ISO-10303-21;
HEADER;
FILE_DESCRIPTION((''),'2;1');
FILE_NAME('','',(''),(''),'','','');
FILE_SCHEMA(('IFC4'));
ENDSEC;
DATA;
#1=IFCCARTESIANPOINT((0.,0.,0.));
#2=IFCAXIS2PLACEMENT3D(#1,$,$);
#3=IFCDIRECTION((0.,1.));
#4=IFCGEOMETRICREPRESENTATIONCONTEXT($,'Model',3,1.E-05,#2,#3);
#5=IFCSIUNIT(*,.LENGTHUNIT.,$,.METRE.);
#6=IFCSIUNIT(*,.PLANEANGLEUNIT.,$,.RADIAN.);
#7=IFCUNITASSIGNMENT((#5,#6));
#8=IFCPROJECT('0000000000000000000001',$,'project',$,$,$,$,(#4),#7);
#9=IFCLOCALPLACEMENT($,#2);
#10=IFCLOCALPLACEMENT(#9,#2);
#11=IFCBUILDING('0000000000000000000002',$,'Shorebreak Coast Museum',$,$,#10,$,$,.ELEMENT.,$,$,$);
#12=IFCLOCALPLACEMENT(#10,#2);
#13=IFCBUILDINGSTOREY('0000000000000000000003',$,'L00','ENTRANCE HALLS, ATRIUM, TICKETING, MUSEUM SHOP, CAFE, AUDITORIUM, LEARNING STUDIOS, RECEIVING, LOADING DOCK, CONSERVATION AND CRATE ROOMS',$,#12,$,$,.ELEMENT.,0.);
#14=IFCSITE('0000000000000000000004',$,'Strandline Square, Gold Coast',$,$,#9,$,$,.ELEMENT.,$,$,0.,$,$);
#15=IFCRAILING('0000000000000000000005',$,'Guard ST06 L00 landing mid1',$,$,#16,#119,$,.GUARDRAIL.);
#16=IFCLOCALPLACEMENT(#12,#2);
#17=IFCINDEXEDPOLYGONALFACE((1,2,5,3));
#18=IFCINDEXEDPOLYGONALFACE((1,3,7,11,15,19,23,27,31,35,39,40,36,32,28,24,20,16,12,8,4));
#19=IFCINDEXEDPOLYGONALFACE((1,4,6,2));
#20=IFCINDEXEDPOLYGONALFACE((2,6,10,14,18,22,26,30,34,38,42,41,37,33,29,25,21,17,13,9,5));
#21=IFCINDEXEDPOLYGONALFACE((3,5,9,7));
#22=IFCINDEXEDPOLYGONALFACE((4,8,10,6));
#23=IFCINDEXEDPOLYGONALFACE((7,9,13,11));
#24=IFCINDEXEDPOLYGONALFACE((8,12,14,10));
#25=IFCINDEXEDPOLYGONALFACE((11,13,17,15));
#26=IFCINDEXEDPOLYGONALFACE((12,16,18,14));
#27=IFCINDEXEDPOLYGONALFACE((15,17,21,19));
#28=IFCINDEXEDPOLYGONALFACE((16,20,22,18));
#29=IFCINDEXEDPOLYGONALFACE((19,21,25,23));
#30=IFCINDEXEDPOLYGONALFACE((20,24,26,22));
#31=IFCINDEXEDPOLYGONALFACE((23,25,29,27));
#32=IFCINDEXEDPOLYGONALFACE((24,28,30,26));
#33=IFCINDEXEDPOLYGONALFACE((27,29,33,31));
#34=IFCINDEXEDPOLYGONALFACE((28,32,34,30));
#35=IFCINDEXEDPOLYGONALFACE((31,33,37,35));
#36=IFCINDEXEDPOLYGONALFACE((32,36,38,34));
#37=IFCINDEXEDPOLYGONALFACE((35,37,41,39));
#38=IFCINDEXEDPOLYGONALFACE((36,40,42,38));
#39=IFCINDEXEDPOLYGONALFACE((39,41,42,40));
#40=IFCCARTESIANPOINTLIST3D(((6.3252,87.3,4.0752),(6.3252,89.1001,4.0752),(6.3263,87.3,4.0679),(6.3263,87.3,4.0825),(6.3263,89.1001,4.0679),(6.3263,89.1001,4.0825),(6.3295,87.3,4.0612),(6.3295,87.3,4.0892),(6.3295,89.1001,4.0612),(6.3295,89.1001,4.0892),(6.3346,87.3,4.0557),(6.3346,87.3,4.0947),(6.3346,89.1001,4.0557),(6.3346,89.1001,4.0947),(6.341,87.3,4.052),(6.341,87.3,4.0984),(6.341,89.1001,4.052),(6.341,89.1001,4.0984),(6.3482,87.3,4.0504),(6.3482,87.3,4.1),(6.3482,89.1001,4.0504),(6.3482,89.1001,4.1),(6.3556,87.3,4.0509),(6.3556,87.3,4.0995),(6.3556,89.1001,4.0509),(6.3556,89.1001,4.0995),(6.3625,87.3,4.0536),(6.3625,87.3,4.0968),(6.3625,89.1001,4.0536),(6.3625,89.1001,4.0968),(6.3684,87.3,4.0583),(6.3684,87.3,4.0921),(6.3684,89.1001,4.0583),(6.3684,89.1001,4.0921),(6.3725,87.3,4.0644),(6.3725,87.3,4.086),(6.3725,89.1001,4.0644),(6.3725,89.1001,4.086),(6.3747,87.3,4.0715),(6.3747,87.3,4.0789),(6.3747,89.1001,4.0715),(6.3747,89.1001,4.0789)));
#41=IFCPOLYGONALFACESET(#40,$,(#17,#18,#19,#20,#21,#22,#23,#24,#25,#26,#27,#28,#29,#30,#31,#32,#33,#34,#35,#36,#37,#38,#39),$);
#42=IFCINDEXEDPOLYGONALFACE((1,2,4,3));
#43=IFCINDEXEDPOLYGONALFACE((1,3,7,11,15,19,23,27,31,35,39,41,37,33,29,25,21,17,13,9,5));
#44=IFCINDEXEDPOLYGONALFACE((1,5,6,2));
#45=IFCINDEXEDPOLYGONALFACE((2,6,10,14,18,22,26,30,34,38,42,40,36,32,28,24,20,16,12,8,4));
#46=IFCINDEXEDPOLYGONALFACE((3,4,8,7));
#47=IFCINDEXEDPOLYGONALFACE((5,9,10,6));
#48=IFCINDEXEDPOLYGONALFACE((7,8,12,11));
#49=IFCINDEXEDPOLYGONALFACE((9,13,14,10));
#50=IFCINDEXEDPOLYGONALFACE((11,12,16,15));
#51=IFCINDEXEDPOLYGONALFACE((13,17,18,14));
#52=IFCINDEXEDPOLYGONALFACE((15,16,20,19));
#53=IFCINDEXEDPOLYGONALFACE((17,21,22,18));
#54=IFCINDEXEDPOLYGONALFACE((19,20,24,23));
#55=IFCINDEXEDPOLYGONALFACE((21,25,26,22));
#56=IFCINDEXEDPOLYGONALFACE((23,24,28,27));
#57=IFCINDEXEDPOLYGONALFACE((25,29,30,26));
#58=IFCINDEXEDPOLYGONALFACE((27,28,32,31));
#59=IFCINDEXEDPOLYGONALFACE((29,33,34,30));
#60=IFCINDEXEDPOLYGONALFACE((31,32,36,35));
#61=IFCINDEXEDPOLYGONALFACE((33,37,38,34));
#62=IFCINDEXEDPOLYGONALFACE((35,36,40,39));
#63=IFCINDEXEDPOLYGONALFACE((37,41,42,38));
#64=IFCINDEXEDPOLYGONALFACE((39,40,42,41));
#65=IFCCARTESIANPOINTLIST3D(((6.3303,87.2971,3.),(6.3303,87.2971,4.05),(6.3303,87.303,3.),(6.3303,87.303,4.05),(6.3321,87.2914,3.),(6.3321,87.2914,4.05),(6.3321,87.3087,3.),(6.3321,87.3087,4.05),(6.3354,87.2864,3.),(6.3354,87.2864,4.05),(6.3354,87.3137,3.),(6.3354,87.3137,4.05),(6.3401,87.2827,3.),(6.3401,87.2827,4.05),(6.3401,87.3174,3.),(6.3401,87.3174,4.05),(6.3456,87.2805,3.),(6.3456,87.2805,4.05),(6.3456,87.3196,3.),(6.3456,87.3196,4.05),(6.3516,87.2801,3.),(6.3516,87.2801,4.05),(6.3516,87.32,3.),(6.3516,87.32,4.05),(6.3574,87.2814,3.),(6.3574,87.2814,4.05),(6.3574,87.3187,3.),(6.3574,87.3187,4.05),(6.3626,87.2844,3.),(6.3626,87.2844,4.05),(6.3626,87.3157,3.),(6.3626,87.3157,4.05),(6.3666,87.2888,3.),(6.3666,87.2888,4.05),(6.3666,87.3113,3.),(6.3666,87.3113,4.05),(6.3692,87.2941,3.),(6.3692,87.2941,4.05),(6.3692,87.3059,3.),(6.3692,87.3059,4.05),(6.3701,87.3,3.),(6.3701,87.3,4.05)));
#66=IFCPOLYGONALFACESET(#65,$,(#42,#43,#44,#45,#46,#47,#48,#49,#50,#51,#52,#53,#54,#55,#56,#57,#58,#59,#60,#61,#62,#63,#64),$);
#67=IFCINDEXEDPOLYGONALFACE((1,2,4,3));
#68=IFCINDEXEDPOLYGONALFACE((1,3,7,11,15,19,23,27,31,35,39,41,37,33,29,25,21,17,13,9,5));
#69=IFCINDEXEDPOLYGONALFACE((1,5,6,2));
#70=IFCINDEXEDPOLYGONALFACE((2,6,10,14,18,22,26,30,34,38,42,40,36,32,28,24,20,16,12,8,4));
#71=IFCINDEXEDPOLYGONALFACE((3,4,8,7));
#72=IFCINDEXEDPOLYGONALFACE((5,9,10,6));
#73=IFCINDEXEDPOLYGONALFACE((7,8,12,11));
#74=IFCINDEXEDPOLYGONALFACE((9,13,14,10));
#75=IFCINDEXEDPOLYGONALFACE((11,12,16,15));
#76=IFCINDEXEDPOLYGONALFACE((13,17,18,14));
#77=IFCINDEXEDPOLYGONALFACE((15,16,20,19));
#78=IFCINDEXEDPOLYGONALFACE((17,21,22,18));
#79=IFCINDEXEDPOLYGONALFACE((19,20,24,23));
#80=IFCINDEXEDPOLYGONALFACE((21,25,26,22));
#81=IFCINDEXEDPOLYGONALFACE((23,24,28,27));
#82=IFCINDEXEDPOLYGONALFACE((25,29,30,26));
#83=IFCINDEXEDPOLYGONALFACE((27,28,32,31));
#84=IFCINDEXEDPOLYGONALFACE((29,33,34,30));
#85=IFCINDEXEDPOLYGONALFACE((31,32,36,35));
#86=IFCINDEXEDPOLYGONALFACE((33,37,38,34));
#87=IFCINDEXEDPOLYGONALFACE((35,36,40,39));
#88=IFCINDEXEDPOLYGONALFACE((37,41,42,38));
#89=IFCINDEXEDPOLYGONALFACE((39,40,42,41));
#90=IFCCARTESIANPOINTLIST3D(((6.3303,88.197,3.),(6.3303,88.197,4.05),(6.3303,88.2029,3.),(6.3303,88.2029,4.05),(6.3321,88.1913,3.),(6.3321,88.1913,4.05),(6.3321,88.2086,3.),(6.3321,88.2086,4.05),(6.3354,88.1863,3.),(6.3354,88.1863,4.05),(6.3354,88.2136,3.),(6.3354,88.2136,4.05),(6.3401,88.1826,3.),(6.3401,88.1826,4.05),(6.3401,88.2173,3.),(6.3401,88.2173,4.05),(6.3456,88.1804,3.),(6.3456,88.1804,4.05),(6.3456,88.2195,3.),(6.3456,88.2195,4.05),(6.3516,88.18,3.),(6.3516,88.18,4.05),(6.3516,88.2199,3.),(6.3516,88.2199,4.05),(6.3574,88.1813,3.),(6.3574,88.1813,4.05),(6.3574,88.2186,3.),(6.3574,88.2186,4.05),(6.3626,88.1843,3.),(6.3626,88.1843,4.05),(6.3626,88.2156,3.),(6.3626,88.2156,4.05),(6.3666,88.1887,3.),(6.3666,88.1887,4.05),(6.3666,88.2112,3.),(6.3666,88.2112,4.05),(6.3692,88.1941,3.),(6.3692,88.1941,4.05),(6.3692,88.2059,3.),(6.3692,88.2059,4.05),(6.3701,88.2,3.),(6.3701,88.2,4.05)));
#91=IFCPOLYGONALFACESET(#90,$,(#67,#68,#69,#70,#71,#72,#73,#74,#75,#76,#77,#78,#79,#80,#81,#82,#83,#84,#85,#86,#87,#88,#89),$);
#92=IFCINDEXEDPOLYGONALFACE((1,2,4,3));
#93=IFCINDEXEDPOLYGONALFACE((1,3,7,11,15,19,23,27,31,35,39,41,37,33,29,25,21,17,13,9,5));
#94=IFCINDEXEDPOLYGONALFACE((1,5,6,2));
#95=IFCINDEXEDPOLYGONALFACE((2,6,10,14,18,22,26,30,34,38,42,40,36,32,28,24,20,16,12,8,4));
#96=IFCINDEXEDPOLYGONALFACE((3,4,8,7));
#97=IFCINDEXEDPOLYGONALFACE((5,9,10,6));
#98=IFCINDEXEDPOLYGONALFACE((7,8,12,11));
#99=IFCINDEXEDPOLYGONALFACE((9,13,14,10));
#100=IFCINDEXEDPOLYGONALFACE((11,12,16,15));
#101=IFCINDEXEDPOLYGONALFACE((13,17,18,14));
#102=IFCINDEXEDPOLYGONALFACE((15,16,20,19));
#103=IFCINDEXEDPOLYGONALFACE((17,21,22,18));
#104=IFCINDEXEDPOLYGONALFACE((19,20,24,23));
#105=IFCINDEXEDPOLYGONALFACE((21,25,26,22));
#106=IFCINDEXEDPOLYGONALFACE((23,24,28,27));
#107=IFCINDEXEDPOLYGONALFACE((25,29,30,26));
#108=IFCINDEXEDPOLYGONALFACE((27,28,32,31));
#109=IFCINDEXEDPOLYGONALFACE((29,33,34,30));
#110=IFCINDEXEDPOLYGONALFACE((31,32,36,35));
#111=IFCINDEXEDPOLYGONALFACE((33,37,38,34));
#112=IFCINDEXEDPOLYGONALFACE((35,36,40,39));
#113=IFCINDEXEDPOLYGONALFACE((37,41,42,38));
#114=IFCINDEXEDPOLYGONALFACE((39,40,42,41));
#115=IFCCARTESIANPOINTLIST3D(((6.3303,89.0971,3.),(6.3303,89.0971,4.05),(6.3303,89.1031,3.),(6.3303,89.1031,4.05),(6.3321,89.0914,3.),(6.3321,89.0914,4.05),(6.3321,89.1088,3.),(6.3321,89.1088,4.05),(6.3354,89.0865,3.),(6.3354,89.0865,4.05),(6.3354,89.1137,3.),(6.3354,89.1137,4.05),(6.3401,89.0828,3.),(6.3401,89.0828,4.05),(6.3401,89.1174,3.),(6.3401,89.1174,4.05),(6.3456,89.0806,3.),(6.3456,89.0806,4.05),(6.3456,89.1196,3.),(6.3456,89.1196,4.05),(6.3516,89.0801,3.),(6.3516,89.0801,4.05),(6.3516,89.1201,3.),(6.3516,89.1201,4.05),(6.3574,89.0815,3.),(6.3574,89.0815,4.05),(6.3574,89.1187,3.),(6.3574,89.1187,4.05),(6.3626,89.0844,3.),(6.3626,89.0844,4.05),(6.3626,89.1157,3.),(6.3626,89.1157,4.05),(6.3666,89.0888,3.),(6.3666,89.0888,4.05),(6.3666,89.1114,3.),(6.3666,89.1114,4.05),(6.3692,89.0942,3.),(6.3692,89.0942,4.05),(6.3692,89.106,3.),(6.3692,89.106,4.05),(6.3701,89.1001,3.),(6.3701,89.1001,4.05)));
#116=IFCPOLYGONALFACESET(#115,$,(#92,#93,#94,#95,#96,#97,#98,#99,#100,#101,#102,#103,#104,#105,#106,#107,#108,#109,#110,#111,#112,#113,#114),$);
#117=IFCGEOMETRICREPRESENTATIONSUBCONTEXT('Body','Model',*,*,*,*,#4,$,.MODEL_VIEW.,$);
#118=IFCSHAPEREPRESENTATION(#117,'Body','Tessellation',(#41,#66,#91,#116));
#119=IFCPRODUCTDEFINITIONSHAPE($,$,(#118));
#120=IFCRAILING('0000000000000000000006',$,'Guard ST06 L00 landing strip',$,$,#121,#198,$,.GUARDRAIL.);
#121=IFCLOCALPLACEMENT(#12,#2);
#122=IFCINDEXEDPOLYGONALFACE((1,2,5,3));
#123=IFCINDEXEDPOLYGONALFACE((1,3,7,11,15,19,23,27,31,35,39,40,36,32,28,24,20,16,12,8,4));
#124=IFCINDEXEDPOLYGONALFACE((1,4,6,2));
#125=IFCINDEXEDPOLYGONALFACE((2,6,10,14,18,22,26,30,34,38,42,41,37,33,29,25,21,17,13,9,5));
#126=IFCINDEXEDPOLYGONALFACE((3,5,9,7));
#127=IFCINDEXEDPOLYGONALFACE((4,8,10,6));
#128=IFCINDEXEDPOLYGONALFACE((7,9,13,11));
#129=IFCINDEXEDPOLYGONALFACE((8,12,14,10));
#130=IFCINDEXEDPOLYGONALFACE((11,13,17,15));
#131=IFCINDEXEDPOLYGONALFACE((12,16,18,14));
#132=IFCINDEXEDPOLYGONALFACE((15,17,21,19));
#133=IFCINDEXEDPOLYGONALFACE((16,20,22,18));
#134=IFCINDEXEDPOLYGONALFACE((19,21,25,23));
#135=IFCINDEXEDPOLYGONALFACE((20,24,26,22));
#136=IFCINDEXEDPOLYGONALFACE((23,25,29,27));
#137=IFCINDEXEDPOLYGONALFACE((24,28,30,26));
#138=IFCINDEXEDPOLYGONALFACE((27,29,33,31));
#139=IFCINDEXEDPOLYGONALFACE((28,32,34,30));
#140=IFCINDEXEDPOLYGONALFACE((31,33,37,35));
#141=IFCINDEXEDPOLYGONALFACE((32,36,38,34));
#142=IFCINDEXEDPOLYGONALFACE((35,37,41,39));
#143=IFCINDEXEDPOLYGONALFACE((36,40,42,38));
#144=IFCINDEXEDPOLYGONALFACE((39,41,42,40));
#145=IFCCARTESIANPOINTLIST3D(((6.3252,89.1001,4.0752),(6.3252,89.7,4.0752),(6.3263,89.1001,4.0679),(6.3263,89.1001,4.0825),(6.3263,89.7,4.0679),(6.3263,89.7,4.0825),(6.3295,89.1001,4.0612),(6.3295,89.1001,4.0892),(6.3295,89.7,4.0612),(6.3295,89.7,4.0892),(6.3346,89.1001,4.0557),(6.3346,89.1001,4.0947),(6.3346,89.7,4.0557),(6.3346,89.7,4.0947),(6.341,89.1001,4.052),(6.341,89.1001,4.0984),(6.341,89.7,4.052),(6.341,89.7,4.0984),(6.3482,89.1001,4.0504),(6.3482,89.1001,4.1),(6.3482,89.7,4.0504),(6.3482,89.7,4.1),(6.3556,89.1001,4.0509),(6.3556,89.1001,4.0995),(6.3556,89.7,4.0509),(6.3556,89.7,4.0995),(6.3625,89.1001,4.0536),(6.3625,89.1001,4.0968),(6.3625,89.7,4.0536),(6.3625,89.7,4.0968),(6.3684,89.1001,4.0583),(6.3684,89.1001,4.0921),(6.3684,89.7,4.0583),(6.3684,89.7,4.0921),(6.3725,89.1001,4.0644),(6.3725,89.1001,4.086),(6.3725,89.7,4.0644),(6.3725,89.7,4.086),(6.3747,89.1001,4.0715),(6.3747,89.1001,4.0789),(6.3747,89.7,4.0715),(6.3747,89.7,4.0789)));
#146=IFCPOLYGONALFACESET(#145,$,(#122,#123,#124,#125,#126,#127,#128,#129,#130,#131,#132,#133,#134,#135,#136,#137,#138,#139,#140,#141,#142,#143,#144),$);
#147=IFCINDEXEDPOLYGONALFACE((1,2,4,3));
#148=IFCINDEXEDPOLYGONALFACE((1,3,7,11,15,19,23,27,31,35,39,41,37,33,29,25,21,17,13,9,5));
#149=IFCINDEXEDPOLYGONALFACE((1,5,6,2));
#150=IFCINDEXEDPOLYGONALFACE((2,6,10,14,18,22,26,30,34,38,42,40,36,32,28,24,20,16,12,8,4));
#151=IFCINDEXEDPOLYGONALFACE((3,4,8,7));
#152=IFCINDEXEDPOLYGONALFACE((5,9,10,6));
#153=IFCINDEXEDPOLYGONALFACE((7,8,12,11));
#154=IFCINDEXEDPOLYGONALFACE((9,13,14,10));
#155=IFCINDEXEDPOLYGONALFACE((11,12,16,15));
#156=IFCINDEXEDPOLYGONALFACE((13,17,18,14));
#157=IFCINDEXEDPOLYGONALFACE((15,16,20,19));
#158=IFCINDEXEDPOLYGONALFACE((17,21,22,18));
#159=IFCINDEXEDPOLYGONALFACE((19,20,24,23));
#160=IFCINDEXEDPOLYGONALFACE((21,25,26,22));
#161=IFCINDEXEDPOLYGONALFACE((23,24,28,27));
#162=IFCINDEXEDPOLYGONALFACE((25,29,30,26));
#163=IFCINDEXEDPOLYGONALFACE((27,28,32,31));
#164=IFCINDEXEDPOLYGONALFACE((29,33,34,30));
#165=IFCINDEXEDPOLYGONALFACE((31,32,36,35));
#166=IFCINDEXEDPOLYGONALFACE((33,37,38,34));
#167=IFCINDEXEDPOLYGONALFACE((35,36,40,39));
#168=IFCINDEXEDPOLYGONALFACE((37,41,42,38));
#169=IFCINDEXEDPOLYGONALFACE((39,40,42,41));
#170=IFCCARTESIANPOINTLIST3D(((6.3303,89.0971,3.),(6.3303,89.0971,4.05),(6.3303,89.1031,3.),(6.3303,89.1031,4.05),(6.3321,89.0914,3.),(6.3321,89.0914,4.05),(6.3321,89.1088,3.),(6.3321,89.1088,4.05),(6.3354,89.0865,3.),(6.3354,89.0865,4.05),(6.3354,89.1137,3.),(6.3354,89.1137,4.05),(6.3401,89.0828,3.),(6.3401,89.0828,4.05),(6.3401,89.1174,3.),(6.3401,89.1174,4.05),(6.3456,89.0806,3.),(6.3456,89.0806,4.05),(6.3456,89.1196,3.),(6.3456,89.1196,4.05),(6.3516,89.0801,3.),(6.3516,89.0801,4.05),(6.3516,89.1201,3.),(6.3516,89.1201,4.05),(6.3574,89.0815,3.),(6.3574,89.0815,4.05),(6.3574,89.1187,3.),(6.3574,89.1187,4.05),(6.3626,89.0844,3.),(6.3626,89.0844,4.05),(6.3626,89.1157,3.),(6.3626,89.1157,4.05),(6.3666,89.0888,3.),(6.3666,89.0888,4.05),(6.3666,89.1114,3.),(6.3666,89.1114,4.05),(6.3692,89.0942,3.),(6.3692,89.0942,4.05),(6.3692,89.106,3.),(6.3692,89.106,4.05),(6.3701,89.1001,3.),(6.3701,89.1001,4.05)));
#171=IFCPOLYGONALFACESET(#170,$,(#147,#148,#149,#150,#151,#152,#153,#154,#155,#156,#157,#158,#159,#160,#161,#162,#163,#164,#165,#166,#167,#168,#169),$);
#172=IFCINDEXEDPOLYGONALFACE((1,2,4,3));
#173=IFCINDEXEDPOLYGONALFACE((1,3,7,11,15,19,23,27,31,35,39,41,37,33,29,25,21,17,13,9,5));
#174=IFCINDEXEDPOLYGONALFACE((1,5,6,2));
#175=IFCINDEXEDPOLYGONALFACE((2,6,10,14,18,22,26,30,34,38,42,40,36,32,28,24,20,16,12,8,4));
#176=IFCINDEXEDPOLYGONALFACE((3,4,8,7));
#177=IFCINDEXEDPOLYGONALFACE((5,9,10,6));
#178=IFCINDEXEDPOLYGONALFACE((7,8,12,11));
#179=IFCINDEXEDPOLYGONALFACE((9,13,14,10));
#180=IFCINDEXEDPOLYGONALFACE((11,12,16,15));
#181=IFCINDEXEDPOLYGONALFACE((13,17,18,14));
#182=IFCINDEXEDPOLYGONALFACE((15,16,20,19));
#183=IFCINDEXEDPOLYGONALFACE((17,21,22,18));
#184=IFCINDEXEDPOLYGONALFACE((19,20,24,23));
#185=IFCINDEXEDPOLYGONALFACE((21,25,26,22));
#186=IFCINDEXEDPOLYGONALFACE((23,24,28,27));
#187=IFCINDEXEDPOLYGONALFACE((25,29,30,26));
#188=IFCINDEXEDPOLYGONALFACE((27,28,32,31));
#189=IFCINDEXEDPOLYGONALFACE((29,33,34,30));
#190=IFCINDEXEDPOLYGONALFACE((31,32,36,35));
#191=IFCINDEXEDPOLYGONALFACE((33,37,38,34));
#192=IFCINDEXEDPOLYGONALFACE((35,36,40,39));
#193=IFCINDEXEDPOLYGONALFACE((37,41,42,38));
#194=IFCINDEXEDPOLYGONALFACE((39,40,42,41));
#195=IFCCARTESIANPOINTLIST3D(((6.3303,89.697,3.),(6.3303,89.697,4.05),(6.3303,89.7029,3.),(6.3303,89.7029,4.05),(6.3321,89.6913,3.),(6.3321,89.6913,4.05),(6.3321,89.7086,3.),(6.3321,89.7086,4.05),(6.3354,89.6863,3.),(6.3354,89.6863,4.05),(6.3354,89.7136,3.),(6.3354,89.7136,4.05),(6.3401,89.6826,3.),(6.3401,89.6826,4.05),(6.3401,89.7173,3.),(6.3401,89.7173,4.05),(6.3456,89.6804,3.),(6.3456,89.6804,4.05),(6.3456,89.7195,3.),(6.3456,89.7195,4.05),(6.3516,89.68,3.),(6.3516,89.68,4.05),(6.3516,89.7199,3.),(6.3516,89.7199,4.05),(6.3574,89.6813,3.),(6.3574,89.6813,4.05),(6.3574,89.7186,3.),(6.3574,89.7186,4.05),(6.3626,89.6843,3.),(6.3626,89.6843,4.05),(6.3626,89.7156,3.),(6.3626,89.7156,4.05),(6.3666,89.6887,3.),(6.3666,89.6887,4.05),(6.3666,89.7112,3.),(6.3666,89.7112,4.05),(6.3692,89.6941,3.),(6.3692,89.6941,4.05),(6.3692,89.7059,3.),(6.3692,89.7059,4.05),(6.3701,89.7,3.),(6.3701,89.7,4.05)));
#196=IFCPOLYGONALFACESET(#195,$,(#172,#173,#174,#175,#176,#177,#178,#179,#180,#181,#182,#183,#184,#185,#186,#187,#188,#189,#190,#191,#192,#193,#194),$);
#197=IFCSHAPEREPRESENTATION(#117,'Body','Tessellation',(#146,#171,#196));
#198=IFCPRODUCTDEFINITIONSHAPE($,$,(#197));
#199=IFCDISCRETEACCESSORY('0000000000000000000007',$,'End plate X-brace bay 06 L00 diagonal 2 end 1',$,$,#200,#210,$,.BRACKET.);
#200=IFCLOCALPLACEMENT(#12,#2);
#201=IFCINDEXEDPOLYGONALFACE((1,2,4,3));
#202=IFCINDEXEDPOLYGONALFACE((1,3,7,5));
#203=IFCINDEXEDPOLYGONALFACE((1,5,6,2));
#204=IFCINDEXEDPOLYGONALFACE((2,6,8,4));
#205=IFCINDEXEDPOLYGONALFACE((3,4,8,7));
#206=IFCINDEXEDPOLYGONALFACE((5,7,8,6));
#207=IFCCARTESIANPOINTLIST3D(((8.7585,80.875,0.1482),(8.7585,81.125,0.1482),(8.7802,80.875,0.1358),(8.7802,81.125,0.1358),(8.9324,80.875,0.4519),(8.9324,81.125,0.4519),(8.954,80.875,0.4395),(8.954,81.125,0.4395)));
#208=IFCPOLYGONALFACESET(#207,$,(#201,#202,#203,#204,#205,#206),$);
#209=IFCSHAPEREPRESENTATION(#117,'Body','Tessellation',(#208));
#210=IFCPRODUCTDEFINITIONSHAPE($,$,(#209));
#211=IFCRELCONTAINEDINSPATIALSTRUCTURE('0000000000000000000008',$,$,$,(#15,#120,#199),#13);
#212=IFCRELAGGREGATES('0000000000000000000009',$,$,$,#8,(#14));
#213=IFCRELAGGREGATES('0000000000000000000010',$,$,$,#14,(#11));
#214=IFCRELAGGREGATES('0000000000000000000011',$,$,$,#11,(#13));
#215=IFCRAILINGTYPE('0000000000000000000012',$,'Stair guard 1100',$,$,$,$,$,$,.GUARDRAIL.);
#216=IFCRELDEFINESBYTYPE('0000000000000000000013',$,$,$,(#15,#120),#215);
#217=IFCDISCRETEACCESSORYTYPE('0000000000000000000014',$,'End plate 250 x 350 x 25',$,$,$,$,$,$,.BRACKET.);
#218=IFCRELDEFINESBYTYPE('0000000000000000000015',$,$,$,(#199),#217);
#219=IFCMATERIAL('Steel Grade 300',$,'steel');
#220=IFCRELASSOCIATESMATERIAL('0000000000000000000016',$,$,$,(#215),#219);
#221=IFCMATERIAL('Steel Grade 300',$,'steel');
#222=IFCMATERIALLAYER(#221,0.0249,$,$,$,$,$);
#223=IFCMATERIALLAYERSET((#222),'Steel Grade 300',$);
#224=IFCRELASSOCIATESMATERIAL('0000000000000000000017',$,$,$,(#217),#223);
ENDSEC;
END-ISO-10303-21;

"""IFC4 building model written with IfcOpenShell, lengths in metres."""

from ifc_helpers import new_model, si_unit, direction, frame, origin, origin_2d, place, context, subcontext, project, spatial, polyline, circle, outline, extrude, material, layer, layer_set, type_object, element, save


model = new_model("IFC4")

# Units and contexts
model_context = context("Model", 3, precision=1e-05, world=origin(), true_north=direction((0.0, 1.0)))
body_context = subcontext(model_context, "Body", "Model", "MODEL_VIEW")
ifc_project = project(units=[si_unit("LENGTHUNIT", "METRE"), si_unit("PLANEANGLEUNIT", "RADIAN")], contexts=[model_context])

# Site, building, storey
site_placement = place(None, origin())
site = spatial("IfcSite", under=ifc_project, at=site_placement, Name="Strandline Square, Gold Coast", CompositionType="ELEMENT", RefElevation=0.0)
building_placement = place(site_placement, origin())
building = spatial("IfcBuilding", under=site, at=building_placement, Name="Shorebreak Coast Museum", CompositionType="ELEMENT")
storey_placement = place(building_placement, origin())
storey = spatial("IfcBuildingStorey", under=building, at=storey_placement, Name="L00", Description="ENTRANCE HALLS, ATRIUM, TICKETING, MUSEUM SHOP, CAFE, AUDITORIUM, LEARNING STUDIOS, RECEIVING, LOADING DOCK, CONSERVATION AND CRATE ROOMS", CompositionType="ELEMENT", Elevation=0.0)

# Railings
ifc_material_1 = material(Name="Steel Grade 300", Category="steel")
railing_type = type_object("IfcRailingType", Name="Stair guard 1100", PredefinedType="GUARDRAIL", material=ifc_material_1)
railing_1_placement = place(storey_placement, frame((6.3501, 87.3, 3.0)))
element("IfcRailing", 1, at=railing_1_placement, inside=storey, type_object=railing_type, Name="Guard ST06 L00 landing mid1", PredefinedType="GUARDRAIL", context=body_context, shape_type="SweptSolid", body=[
    extrude(circle(Radius=0.0249, at=origin_2d()), frame((0.0, 0.0, 1.0752), z_axis=(0.0, 1.0, 0.0), x_axis=(-1.0, 0.0, 0.0)), (0.0, 0.0, 1.0), 1.8),
    extrude(circle(Radius=0.02, at=origin_2d()), origin(), (0.0, 0.0, 1.0), 1.05),
    extrude(circle(Radius=0.02, at=origin_2d()), frame((0.0, 0.8999, 0.0)), (0.0, 0.0, 1.0), 1.05),
    extrude(circle(Radius=0.02, at=origin_2d()), frame((0.0, 1.8, 0.0)), (0.0, 0.0, 1.0), 1.05),
])
railing_2_placement = place(storey_placement, frame((6.3501, 89.1001, 3.0)))
element("IfcRailing", 2, at=railing_2_placement, inside=storey, type_object=railing_type, Name="Guard ST06 L00 landing strip", PredefinedType="GUARDRAIL", context=body_context, shape_type="SweptSolid", body=[
    extrude(circle(Radius=0.0249, at=origin_2d()), frame((0.0, 0.0, 1.0752), z_axis=(0.0, 1.0, 0.0), x_axis=(-1.0, 0.0, 0.0)), (0.0, 0.0, 1.0), 0.5999),
    extrude(circle(Radius=0.02, at=origin_2d()), origin(), (0.0, 0.0, 1.0), 1.05),
    extrude(circle(Radius=0.02, at=origin_2d()), frame((0.0, 0.5999, 0.0)), (0.0, 0.0, 1.0), 1.05),
])

# Discrete accessory
ifc_material_2 = material(Name="Steel Grade 300", Category="steel")
ifc_layer_1 = layer(ifc_material_2, 0.0249)
ifc_layer_set_1 = layer_set([ifc_layer_1], Name="Steel Grade 300")
discrete_accessory_type = type_object("IfcDiscreteAccessoryType", Name="End plate 250 x 350 x 25", PredefinedType="BRACKET", material=ifc_layer_set_1)
discrete_accessory_placement = place(storey_placement, frame((8.7585, 81.125, 0.1482), z_axis=(-0.867899, 0.0, 0.49674), x_axis=(0.0, -1.0, 0.0)))
element("IfcDiscreteAccessory", 3, at=discrete_accessory_placement, inside=storey, type_object=discrete_accessory_type, Name="End plate X-brace bay 06 L00 diagonal 2 end 1", PredefinedType="BRACKET", context=body_context, shape_type="SweptSolid", body=[
    extrude(outline(polyline([(0.0, 0.0), (0.25, 0.0), (0.25, 0.3499), (0.0, 0.3499), (0.0, 0.0)])), origin(), (0.0, 0.0, -1.0), 0.0249),
])

save(model, "model.ifc")
